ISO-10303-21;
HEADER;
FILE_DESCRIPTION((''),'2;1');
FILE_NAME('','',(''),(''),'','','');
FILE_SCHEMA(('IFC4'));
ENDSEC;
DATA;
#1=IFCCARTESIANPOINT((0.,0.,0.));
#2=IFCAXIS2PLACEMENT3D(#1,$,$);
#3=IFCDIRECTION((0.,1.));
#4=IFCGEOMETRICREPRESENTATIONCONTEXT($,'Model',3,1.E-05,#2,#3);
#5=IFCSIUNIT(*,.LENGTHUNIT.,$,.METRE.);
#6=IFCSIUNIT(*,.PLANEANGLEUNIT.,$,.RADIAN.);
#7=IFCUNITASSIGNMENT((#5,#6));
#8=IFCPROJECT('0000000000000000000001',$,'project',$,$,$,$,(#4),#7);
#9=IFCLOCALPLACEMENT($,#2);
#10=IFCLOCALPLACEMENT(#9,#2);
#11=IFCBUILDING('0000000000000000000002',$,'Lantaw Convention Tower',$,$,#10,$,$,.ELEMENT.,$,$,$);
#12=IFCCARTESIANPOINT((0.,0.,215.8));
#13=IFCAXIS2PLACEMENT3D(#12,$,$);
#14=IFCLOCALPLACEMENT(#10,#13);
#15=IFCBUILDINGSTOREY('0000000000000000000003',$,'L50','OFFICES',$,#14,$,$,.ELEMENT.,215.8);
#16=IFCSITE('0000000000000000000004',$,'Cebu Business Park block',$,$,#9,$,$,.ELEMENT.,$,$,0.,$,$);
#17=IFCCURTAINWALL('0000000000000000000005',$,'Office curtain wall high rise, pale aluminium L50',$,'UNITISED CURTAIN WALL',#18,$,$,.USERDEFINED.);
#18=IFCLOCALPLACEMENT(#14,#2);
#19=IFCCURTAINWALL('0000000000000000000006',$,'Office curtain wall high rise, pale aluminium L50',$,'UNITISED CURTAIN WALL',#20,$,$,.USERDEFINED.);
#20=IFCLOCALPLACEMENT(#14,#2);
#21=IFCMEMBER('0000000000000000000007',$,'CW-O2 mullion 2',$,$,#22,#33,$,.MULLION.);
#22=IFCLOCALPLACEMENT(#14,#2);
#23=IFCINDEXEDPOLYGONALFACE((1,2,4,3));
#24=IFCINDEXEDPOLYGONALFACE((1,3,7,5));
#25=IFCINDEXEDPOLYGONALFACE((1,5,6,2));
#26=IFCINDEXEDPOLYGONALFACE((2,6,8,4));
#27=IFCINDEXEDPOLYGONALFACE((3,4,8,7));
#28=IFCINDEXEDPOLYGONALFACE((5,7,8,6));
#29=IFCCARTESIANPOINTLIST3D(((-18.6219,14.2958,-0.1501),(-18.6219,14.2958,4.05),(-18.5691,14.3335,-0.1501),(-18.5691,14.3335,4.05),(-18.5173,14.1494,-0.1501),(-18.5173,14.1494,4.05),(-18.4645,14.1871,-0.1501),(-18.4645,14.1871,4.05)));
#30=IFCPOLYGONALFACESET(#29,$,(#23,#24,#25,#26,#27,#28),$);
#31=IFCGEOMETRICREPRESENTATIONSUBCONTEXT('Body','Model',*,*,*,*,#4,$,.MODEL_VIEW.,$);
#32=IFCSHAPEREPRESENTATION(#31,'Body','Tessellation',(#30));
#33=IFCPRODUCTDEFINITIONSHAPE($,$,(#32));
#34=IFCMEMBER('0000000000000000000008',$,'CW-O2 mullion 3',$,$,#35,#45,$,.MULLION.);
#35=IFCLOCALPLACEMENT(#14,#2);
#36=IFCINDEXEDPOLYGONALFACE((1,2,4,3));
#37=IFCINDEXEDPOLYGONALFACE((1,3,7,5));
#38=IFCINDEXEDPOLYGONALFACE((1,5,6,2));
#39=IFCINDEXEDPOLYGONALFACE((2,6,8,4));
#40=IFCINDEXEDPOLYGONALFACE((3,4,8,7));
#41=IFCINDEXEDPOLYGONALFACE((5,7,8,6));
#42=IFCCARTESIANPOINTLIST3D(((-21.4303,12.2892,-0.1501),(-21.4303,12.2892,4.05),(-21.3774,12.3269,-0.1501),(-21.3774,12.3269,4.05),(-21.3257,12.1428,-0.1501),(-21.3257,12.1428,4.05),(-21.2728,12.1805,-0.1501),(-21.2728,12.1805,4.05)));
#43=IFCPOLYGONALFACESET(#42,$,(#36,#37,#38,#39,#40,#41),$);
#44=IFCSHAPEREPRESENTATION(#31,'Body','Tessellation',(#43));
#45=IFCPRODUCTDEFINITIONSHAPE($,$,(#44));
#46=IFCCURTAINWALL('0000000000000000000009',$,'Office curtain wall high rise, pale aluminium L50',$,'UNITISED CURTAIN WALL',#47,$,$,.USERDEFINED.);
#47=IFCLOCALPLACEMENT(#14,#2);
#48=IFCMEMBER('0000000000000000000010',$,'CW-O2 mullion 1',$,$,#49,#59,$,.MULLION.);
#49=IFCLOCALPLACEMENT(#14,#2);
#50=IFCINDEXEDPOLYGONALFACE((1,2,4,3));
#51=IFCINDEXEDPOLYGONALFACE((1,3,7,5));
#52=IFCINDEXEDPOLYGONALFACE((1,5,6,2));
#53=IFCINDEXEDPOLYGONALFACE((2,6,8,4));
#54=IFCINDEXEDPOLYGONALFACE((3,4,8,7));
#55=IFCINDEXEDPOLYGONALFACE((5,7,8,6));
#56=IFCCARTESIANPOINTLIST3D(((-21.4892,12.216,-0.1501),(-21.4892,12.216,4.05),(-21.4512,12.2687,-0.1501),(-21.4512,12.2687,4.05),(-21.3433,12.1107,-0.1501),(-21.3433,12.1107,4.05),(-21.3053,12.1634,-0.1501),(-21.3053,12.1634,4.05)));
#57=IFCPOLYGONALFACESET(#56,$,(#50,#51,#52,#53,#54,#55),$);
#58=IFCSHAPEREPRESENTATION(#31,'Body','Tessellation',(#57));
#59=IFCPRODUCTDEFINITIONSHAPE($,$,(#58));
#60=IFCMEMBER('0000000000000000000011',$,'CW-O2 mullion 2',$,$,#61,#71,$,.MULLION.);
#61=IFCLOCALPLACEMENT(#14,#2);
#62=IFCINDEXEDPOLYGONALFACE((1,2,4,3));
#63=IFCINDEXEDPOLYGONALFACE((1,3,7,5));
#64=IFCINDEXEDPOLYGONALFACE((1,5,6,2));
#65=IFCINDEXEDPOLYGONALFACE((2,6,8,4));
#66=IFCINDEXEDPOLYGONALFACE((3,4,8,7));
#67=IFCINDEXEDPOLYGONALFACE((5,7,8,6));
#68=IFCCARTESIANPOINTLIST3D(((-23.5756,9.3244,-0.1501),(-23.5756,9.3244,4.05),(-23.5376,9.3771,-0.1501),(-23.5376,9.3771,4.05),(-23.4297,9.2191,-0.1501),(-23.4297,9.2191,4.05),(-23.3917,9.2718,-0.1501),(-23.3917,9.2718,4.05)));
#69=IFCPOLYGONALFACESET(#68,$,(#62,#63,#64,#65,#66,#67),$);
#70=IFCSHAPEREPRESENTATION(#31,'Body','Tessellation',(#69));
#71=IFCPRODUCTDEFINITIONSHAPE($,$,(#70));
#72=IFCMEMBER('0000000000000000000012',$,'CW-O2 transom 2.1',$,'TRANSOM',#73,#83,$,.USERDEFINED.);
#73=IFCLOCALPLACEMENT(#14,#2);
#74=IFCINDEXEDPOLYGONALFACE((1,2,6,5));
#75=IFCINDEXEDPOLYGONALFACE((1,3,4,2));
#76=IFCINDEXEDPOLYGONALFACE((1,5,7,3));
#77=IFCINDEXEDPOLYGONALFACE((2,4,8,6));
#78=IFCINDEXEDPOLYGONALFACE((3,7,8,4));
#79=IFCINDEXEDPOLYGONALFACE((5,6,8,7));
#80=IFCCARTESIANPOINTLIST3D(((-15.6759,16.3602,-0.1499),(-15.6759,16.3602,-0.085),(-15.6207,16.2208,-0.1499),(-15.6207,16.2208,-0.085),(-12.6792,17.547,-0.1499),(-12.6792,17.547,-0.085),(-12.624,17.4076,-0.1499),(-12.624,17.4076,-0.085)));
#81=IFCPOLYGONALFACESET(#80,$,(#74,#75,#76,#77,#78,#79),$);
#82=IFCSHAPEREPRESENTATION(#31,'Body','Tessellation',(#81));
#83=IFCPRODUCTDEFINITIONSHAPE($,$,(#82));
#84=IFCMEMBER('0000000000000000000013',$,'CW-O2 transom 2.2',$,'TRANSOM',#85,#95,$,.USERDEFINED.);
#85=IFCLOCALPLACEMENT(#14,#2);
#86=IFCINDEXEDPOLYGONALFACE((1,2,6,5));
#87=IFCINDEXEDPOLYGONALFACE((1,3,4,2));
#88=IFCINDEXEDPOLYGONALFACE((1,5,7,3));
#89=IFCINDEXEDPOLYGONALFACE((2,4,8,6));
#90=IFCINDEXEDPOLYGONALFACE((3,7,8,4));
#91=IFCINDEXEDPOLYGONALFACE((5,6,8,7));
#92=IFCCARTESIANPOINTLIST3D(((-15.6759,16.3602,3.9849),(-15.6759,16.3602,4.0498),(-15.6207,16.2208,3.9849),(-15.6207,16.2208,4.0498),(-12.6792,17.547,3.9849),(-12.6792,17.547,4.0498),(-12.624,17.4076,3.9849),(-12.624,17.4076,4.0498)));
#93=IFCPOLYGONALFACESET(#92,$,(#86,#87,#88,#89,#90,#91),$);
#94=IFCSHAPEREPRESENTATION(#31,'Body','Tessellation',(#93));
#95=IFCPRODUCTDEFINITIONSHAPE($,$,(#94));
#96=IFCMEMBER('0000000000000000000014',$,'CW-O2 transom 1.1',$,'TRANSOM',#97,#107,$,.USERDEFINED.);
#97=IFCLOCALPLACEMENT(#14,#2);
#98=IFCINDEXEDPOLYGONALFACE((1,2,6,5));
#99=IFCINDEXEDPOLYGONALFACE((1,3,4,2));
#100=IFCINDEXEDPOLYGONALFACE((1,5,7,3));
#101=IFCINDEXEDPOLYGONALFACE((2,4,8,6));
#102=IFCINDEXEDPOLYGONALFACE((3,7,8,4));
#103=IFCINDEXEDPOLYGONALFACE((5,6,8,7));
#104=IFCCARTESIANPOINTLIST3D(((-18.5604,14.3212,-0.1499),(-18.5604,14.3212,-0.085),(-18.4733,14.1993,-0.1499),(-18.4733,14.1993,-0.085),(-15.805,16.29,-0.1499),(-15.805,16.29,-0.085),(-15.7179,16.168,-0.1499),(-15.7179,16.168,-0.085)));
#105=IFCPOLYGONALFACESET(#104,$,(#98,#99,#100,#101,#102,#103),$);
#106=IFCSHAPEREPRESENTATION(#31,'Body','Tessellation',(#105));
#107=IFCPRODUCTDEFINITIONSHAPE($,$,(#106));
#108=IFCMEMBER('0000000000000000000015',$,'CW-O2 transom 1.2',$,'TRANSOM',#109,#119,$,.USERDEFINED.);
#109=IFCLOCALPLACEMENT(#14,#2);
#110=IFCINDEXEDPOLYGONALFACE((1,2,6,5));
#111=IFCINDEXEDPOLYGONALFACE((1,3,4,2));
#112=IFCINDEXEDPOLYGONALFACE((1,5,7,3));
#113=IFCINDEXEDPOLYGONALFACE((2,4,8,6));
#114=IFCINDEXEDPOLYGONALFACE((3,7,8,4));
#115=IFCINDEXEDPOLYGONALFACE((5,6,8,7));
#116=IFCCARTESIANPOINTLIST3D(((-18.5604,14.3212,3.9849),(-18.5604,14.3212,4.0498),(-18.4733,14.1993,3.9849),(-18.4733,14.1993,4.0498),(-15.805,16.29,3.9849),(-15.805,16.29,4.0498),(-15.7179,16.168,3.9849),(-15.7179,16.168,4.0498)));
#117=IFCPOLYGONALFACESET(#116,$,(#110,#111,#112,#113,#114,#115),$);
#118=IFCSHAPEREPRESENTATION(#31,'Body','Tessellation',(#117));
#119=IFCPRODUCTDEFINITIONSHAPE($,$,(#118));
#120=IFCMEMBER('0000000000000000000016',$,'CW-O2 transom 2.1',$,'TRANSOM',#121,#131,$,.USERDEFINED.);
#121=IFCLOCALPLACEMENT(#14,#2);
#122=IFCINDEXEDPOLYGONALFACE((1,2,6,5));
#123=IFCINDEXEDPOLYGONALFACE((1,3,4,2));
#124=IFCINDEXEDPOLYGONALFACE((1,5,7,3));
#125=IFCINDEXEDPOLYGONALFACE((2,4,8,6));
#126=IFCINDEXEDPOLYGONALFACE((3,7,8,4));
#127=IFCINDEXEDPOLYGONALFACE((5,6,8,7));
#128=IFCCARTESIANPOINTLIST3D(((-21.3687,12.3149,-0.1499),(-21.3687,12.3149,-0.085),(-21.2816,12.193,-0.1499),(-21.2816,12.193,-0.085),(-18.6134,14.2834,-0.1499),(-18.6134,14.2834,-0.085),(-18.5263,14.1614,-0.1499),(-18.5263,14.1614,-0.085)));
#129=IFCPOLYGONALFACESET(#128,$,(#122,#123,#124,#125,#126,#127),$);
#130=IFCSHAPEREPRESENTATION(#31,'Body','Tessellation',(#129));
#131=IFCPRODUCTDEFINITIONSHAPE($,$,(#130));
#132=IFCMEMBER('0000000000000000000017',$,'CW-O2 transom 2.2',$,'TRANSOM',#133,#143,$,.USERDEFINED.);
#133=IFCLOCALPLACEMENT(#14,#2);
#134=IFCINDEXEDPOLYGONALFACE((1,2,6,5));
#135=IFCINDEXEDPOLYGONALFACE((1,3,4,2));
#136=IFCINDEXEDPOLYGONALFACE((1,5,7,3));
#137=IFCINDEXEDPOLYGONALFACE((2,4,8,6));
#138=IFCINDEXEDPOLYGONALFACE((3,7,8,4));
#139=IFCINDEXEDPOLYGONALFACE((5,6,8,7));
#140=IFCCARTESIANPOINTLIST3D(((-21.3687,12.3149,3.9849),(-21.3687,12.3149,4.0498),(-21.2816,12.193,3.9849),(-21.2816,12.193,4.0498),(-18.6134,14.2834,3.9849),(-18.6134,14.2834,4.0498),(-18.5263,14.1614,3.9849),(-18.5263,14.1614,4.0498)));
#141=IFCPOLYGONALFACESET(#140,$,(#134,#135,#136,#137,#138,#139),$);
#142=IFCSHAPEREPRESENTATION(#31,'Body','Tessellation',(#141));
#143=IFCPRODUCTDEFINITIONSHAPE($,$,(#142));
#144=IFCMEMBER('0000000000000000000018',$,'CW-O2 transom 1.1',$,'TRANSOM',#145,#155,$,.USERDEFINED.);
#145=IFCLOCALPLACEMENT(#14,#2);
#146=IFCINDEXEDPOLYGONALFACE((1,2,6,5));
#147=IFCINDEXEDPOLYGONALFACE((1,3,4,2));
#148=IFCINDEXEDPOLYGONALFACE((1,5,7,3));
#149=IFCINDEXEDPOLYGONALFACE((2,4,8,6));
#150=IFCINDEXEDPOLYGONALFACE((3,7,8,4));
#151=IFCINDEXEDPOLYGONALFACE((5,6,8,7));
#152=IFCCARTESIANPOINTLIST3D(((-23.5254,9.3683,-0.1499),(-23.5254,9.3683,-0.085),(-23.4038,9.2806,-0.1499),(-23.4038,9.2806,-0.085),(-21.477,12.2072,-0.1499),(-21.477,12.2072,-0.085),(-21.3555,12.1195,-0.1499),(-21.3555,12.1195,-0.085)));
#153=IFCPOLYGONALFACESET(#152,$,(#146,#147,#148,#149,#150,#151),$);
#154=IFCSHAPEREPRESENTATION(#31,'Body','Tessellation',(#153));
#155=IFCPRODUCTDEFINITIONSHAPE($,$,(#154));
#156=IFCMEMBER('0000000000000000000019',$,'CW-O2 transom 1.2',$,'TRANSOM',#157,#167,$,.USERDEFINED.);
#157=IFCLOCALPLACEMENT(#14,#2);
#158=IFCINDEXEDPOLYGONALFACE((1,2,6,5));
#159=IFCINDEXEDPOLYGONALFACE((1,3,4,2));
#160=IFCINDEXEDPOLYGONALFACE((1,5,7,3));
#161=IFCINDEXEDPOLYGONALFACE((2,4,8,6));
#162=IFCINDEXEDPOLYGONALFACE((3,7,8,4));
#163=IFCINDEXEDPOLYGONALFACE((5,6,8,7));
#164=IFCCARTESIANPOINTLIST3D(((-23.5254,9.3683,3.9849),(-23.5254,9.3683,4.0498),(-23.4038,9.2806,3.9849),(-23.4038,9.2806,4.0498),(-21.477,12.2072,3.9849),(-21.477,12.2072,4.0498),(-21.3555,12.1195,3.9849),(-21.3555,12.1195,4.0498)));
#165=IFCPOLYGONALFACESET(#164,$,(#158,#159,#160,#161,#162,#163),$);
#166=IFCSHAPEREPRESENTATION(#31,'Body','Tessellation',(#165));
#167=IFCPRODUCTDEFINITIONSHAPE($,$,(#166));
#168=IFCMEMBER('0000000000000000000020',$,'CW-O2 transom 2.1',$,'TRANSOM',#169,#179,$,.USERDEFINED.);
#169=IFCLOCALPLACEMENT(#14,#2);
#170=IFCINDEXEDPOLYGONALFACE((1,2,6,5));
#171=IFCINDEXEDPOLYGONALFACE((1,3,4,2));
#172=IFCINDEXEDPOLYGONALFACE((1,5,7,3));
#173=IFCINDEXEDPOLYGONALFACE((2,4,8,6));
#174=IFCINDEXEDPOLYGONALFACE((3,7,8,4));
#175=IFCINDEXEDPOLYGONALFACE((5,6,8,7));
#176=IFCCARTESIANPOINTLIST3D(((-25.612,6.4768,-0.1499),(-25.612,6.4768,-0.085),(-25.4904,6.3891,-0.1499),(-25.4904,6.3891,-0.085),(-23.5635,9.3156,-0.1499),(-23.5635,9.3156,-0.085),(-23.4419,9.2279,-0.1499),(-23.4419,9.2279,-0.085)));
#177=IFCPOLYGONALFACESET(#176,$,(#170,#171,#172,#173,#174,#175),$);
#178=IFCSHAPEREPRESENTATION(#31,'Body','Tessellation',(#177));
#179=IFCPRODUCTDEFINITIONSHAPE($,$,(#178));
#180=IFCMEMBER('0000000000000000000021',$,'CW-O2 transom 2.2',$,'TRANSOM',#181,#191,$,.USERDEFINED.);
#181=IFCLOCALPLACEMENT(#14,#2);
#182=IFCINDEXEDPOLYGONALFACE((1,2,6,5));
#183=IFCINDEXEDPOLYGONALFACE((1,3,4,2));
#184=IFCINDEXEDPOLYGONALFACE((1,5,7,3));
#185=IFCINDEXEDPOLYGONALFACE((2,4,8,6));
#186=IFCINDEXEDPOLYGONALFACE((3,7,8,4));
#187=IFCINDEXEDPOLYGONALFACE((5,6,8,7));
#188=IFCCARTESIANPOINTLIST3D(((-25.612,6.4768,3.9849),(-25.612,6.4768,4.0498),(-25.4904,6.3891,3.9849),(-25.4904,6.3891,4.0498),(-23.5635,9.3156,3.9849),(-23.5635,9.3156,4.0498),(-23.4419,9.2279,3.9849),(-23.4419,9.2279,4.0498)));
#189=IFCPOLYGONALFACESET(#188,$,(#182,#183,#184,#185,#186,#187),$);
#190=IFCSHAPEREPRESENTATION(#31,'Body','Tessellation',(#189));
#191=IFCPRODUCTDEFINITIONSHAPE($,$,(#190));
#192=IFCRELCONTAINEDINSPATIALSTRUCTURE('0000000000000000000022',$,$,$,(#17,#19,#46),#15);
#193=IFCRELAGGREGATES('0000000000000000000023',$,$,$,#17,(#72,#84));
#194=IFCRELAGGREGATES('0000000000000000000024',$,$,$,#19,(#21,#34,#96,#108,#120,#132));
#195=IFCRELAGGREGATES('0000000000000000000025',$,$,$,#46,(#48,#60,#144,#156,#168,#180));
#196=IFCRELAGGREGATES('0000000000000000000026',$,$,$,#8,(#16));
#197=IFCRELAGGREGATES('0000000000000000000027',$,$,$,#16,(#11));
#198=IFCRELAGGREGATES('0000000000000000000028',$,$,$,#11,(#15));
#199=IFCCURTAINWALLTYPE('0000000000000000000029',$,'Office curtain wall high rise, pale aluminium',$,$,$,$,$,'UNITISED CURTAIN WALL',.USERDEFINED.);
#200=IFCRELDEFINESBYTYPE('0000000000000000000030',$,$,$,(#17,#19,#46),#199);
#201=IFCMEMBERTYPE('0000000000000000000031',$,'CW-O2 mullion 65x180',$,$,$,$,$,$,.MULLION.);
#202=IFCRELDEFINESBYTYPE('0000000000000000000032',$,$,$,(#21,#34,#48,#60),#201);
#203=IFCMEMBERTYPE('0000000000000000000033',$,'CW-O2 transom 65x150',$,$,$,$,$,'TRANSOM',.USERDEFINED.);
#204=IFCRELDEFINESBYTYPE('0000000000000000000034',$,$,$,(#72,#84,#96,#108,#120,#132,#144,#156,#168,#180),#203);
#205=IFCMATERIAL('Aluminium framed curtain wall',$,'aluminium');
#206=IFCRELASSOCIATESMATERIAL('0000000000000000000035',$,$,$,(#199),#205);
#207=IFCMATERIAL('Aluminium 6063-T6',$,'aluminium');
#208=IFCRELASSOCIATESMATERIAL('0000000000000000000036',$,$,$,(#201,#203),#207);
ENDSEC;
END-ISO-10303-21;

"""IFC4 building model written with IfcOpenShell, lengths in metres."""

from ifc_helpers import new_model, si_unit, direction, frame, origin, origin_2d, place, context, subcontext, project, spatial, rectangle, extrude, material, material_profile, profile_set, type_object, element, aggregate, save


model = new_model("IFC4")

# Units and contexts
model_context = context("Model", 3, precision=1e-05, world=origin(), true_north=direction((0.0, 1.0)))
body_context = subcontext(model_context, "Body", "Model", "MODEL_VIEW")
ifc_project = project(units=[si_unit("LENGTHUNIT", "METRE"), si_unit("PLANEANGLEUNIT", "RADIAN")], contexts=[model_context])

# Site, building, storey
site_placement = place(None, origin())
site = spatial("IfcSite", under=ifc_project, at=site_placement, Name="Cebu Business Park block", CompositionType="ELEMENT", RefElevation=0.0)
building_placement = place(site_placement, origin())
building = spatial("IfcBuilding", under=site, at=building_placement, Name="Lantaw Convention Tower", CompositionType="ELEMENT")
storey_placement = place(building_placement, frame((0.0, 0.0, 215.8)))
storey = spatial("IfcBuildingStorey", under=building, at=storey_placement, Name="L50", Description="OFFICES", CompositionType="ELEMENT", Elevation=215.8)

# Curtain walls, members
ifc_material_1 = material(Name="Aluminium framed curtain wall", Category="aluminium")
curtain_wall_type = type_object("IfcCurtainWallType", Name="Office curtain wall high rise, pale aluminium", ElementType="UNITISED CURTAIN WALL", PredefinedType="USERDEFINED", material=ifc_material_1)
curtain_wall_1_placement = place(storey_placement, origin())
curtain_wall_1 = element("IfcCurtainWall", 1, at=curtain_wall_1_placement, inside=storey, type_object=curtain_wall_type, Name="Office curtain wall high rise, pale aluminium L50", ObjectType="UNITISED CURTAIN WALL", PredefinedType="USERDEFINED")
ifc_material_2 = material(Name="Aluminium 6063-T6", Category="aluminium")
ifc_material_profile_1 = material_profile(ifc_material_2, rectangle(XDim=0.1799, YDim=0.0649, at=origin_2d()), Name="CW-O2 mullion 65x180")
ifc_profile_set_1 = profile_set([ifc_material_profile_1], Name="Aluminium 6063-T6")
member_type_1 = type_object("IfcMemberType", Name="CW-O2 mullion 65x180", PredefinedType="MULLION", material=ifc_profile_set_1)
curtain_wall_2_placement = place(storey_placement, origin())
curtain_wall_2 = element("IfcCurtainWall", 2, at=curtain_wall_2_placement, inside=storey, type_object=curtain_wall_type, Name="Office curtain wall high rise, pale aluminium L50", ObjectType="UNITISED CURTAIN WALL", PredefinedType="USERDEFINED")
member_1_placement = place(storey_placement, frame((-18.5432, 14.2415, -0.1501), z_axis=(0.0, 0.0, 1.0), x_axis=(0.581323, -0.813673, 0.0)))
member_1 = element("IfcMember", 3, at=member_1_placement, type_object=member_type_1, Name="CW-O2 mullion 2", PredefinedType="MULLION", context=body_context, shape_type="SweptSolid", body=[
    extrude(rectangle(XDim=0.1799, YDim=0.0649, at=origin_2d()), origin(), (0.0, 0.0, 1.0), 4.2002),
])
member_2_placement = place(storey_placement, frame((-21.3516, 12.2349, -0.1501), z_axis=(0.0, 0.0, 1.0), x_axis=(0.581323, -0.813673, 0.0)))
member_2 = element("IfcMember", 4, at=member_2_placement, type_object=member_type_1, Name="CW-O2 mullion 3", PredefinedType="MULLION", context=body_context, shape_type="SweptSolid", body=[
    extrude(rectangle(XDim=0.1799, YDim=0.0649, at=origin_2d()), origin(), (0.0, 0.0, 1.0), 4.2002),
])
curtain_wall_3_placement = place(storey_placement, origin())
curtain_wall_3 = element("IfcCurtainWall", 5, at=curtain_wall_3_placement, inside=storey, type_object=curtain_wall_type, Name="Office curtain wall high rise, pale aluminium L50", ObjectType="UNITISED CURTAIN WALL", PredefinedType="USERDEFINED")
member_3_placement = place(storey_placement, frame((-21.3972, 12.1897, -0.1501), z_axis=(0.0, 0.0, 1.0), x_axis=(0.81092, -0.585158, 0.0)))
member_3 = element("IfcMember", 6, at=member_3_placement, type_object=member_type_1, Name="CW-O2 mullion 1", PredefinedType="MULLION", context=body_context, shape_type="SweptSolid", body=[
    extrude(rectangle(XDim=0.1799, YDim=0.0649, at=origin_2d()), origin(), (0.0, 0.0, 1.0), 4.2002),
])
member_4_placement = place(storey_placement, frame((-23.4836, 9.2981, -0.1501), z_axis=(0.0, 0.0, 1.0), x_axis=(0.81092, -0.585158, 0.0)))
member_4 = element("IfcMember", 7, at=member_4_placement, type_object=member_type_1, Name="CW-O2 mullion 2", PredefinedType="MULLION", context=body_context, shape_type="SweptSolid", body=[
    extrude(rectangle(XDim=0.1799, YDim=0.0649, at=origin_2d()), origin(), (0.0, 0.0, 1.0), 4.2002),
])

# Members
ifc_material_profile_2 = material_profile(ifc_material_2, rectangle(XDim=0.1499, YDim=0.0649, at=origin_2d()), Name="CW-O2 transom 65x150")
ifc_profile_set_2 = profile_set([ifc_material_profile_2], Name="Aluminium 6063-T6")
member_type_2 = type_object("IfcMemberType", Name="CW-O2 transom 65x150", ElementType="TRANSOM", PredefinedType="USERDEFINED", material=ifc_profile_set_2)
member_5_placement = place(storey_placement, frame((-12.6516, 17.4773, -0.1174), z_axis=(-0.929741, -0.368215, 0.0), x_axis=(0.368215, -0.929741, 0.0)))
member_5 = element("IfcMember", 8, at=member_5_placement, type_object=member_type_2, Name="CW-O2 transom 2.1", ObjectType="TRANSOM", PredefinedType="USERDEFINED", context=body_context, shape_type="SweptSolid", body=[
    extrude(rectangle(XDim=0.1499, YDim=0.0649, at=origin_2d()), origin(), (0.0, 0.0, 1.0), 3.2231),
])
member_6_placement = place(storey_placement, frame((-12.6516, 17.4773, 4.0173), z_axis=(-0.929741, -0.368215, 0.0), x_axis=(0.368215, -0.929741, 0.0)))
member_6 = element("IfcMember", 9, at=member_6_placement, type_object=member_type_2, Name="CW-O2 transom 2.2", ObjectType="TRANSOM", PredefinedType="USERDEFINED", context=body_context, shape_type="SweptSolid", body=[
    extrude(rectangle(XDim=0.1499, YDim=0.0649, at=origin_2d()), origin(), (0.0, 0.0, 1.0), 3.2231),
])
member_7_placement = place(storey_placement, frame((-15.7615, 16.229, -0.1174), z_axis=(-0.813646, -0.581361, 0.0), x_axis=(0.581361, -0.813646, 0.0)))
member_7 = element("IfcMember", 10, at=member_7_placement, type_object=member_type_2, Name="CW-O2 transom 1.1", ObjectType="TRANSOM", PredefinedType="USERDEFINED", context=body_context, shape_type="SweptSolid", body=[
    extrude(rectangle(XDim=0.1499, YDim=0.0649, at=origin_2d()), origin(), (0.0, 0.0, 1.0), 3.3865),
])
member_8_placement = place(storey_placement, frame((-15.7615, 16.229, 4.0173), z_axis=(-0.813646, -0.581361, 0.0), x_axis=(0.581361, -0.813646, 0.0)))
member_8 = element("IfcMember", 11, at=member_8_placement, type_object=member_type_2, Name="CW-O2 transom 1.2", ObjectType="TRANSOM", PredefinedType="USERDEFINED", context=body_context, shape_type="SweptSolid", body=[
    extrude(rectangle(XDim=0.1499, YDim=0.0649, at=origin_2d()), origin(), (0.0, 0.0, 1.0), 3.3865),
])
member_9_placement = place(storey_placement, frame((-18.5698, 14.2224, -0.1174), z_axis=(-0.81368, -0.581313, 0.0), x_axis=(0.581313, -0.81368, 0.0)))
member_9 = element("IfcMember", 12, at=member_9_placement, type_object=member_type_2, Name="CW-O2 transom 2.1", ObjectType="TRANSOM", PredefinedType="USERDEFINED", context=body_context, shape_type="SweptSolid", body=[
    extrude(rectangle(XDim=0.1499, YDim=0.0649, at=origin_2d()), origin(), (0.0, 0.0, 1.0), 3.3862),
])
member_10_placement = place(storey_placement, frame((-18.5698, 14.2224, 4.0173), z_axis=(-0.81368, -0.581313, 0.0), x_axis=(0.581313, -0.81368, 0.0)))
member_10 = element("IfcMember", 13, at=member_10_placement, type_object=member_type_2, Name="CW-O2 transom 2.2", ObjectType="TRANSOM", PredefinedType="USERDEFINED", context=body_context, shape_type="SweptSolid", body=[
    extrude(rectangle(XDim=0.1499, YDim=0.0649, at=origin_2d()), origin(), (0.0, 0.0, 1.0), 3.3862),
])
member_11_placement = place(storey_placement, frame((-21.4163, 12.1633, -0.1174), z_axis=(-0.585124, -0.810944, 0.0), x_axis=(0.810944, -0.585124, 0.0)))
member_11 = element("IfcMember", 14, at=member_11_placement, type_object=member_type_2, Name="CW-O2 transom 1.1", ObjectType="TRANSOM", PredefinedType="USERDEFINED", context=body_context, shape_type="SweptSolid", body=[
    extrude(rectangle(XDim=0.1499, YDim=0.0649, at=origin_2d()), origin(), (0.0, 0.0, 1.0), 3.5007),
])
member_12_placement = place(storey_placement, frame((-21.4163, 12.1633, 4.0173), z_axis=(-0.585124, -0.810944, 0.0), x_axis=(0.810944, -0.585124, 0.0)))
member_12 = element("IfcMember", 15, at=member_12_placement, type_object=member_type_2, Name="CW-O2 transom 1.2", ObjectType="TRANSOM", PredefinedType="USERDEFINED", context=body_context, shape_type="SweptSolid", body=[
    extrude(rectangle(XDim=0.1499, YDim=0.0649, at=origin_2d()), origin(), (0.0, 0.0, 1.0), 3.5007),
])
member_13_placement = place(storey_placement, frame((-23.5027, 9.2717, -0.1174), z_axis=(-0.58517, -0.810911, 0.0), x_axis=(0.810911, -0.58517, 0.0)))
member_13 = element("IfcMember", 16, at=member_13_placement, type_object=member_type_2, Name="CW-O2 transom 2.1", ObjectType="TRANSOM", PredefinedType="USERDEFINED", context=body_context, shape_type="SweptSolid", body=[
    extrude(rectangle(XDim=0.1499, YDim=0.0649, at=origin_2d()), origin(), (0.0, 0.0, 1.0), 3.5007),
])
member_14_placement = place(storey_placement, frame((-23.5027, 9.2717, 4.0173), z_axis=(-0.58517, -0.810911, 0.0), x_axis=(0.810911, -0.58517, 0.0)))
member_14 = element("IfcMember", 17, at=member_14_placement, type_object=member_type_2, Name="CW-O2 transom 2.2", ObjectType="TRANSOM", PredefinedType="USERDEFINED", context=body_context, shape_type="SweptSolid", body=[
    extrude(rectangle(XDim=0.1499, YDim=0.0649, at=origin_2d()), origin(), (0.0, 0.0, 1.0), 3.5007),
])

aggregate(curtain_wall_1, [member_5, member_6])
aggregate(curtain_wall_2, [member_1, member_2, member_7, member_8, member_9, member_10])
aggregate(curtain_wall_3, [member_3, member_4, member_11, member_12, member_13, member_14])

save(model, "model.ifc")
